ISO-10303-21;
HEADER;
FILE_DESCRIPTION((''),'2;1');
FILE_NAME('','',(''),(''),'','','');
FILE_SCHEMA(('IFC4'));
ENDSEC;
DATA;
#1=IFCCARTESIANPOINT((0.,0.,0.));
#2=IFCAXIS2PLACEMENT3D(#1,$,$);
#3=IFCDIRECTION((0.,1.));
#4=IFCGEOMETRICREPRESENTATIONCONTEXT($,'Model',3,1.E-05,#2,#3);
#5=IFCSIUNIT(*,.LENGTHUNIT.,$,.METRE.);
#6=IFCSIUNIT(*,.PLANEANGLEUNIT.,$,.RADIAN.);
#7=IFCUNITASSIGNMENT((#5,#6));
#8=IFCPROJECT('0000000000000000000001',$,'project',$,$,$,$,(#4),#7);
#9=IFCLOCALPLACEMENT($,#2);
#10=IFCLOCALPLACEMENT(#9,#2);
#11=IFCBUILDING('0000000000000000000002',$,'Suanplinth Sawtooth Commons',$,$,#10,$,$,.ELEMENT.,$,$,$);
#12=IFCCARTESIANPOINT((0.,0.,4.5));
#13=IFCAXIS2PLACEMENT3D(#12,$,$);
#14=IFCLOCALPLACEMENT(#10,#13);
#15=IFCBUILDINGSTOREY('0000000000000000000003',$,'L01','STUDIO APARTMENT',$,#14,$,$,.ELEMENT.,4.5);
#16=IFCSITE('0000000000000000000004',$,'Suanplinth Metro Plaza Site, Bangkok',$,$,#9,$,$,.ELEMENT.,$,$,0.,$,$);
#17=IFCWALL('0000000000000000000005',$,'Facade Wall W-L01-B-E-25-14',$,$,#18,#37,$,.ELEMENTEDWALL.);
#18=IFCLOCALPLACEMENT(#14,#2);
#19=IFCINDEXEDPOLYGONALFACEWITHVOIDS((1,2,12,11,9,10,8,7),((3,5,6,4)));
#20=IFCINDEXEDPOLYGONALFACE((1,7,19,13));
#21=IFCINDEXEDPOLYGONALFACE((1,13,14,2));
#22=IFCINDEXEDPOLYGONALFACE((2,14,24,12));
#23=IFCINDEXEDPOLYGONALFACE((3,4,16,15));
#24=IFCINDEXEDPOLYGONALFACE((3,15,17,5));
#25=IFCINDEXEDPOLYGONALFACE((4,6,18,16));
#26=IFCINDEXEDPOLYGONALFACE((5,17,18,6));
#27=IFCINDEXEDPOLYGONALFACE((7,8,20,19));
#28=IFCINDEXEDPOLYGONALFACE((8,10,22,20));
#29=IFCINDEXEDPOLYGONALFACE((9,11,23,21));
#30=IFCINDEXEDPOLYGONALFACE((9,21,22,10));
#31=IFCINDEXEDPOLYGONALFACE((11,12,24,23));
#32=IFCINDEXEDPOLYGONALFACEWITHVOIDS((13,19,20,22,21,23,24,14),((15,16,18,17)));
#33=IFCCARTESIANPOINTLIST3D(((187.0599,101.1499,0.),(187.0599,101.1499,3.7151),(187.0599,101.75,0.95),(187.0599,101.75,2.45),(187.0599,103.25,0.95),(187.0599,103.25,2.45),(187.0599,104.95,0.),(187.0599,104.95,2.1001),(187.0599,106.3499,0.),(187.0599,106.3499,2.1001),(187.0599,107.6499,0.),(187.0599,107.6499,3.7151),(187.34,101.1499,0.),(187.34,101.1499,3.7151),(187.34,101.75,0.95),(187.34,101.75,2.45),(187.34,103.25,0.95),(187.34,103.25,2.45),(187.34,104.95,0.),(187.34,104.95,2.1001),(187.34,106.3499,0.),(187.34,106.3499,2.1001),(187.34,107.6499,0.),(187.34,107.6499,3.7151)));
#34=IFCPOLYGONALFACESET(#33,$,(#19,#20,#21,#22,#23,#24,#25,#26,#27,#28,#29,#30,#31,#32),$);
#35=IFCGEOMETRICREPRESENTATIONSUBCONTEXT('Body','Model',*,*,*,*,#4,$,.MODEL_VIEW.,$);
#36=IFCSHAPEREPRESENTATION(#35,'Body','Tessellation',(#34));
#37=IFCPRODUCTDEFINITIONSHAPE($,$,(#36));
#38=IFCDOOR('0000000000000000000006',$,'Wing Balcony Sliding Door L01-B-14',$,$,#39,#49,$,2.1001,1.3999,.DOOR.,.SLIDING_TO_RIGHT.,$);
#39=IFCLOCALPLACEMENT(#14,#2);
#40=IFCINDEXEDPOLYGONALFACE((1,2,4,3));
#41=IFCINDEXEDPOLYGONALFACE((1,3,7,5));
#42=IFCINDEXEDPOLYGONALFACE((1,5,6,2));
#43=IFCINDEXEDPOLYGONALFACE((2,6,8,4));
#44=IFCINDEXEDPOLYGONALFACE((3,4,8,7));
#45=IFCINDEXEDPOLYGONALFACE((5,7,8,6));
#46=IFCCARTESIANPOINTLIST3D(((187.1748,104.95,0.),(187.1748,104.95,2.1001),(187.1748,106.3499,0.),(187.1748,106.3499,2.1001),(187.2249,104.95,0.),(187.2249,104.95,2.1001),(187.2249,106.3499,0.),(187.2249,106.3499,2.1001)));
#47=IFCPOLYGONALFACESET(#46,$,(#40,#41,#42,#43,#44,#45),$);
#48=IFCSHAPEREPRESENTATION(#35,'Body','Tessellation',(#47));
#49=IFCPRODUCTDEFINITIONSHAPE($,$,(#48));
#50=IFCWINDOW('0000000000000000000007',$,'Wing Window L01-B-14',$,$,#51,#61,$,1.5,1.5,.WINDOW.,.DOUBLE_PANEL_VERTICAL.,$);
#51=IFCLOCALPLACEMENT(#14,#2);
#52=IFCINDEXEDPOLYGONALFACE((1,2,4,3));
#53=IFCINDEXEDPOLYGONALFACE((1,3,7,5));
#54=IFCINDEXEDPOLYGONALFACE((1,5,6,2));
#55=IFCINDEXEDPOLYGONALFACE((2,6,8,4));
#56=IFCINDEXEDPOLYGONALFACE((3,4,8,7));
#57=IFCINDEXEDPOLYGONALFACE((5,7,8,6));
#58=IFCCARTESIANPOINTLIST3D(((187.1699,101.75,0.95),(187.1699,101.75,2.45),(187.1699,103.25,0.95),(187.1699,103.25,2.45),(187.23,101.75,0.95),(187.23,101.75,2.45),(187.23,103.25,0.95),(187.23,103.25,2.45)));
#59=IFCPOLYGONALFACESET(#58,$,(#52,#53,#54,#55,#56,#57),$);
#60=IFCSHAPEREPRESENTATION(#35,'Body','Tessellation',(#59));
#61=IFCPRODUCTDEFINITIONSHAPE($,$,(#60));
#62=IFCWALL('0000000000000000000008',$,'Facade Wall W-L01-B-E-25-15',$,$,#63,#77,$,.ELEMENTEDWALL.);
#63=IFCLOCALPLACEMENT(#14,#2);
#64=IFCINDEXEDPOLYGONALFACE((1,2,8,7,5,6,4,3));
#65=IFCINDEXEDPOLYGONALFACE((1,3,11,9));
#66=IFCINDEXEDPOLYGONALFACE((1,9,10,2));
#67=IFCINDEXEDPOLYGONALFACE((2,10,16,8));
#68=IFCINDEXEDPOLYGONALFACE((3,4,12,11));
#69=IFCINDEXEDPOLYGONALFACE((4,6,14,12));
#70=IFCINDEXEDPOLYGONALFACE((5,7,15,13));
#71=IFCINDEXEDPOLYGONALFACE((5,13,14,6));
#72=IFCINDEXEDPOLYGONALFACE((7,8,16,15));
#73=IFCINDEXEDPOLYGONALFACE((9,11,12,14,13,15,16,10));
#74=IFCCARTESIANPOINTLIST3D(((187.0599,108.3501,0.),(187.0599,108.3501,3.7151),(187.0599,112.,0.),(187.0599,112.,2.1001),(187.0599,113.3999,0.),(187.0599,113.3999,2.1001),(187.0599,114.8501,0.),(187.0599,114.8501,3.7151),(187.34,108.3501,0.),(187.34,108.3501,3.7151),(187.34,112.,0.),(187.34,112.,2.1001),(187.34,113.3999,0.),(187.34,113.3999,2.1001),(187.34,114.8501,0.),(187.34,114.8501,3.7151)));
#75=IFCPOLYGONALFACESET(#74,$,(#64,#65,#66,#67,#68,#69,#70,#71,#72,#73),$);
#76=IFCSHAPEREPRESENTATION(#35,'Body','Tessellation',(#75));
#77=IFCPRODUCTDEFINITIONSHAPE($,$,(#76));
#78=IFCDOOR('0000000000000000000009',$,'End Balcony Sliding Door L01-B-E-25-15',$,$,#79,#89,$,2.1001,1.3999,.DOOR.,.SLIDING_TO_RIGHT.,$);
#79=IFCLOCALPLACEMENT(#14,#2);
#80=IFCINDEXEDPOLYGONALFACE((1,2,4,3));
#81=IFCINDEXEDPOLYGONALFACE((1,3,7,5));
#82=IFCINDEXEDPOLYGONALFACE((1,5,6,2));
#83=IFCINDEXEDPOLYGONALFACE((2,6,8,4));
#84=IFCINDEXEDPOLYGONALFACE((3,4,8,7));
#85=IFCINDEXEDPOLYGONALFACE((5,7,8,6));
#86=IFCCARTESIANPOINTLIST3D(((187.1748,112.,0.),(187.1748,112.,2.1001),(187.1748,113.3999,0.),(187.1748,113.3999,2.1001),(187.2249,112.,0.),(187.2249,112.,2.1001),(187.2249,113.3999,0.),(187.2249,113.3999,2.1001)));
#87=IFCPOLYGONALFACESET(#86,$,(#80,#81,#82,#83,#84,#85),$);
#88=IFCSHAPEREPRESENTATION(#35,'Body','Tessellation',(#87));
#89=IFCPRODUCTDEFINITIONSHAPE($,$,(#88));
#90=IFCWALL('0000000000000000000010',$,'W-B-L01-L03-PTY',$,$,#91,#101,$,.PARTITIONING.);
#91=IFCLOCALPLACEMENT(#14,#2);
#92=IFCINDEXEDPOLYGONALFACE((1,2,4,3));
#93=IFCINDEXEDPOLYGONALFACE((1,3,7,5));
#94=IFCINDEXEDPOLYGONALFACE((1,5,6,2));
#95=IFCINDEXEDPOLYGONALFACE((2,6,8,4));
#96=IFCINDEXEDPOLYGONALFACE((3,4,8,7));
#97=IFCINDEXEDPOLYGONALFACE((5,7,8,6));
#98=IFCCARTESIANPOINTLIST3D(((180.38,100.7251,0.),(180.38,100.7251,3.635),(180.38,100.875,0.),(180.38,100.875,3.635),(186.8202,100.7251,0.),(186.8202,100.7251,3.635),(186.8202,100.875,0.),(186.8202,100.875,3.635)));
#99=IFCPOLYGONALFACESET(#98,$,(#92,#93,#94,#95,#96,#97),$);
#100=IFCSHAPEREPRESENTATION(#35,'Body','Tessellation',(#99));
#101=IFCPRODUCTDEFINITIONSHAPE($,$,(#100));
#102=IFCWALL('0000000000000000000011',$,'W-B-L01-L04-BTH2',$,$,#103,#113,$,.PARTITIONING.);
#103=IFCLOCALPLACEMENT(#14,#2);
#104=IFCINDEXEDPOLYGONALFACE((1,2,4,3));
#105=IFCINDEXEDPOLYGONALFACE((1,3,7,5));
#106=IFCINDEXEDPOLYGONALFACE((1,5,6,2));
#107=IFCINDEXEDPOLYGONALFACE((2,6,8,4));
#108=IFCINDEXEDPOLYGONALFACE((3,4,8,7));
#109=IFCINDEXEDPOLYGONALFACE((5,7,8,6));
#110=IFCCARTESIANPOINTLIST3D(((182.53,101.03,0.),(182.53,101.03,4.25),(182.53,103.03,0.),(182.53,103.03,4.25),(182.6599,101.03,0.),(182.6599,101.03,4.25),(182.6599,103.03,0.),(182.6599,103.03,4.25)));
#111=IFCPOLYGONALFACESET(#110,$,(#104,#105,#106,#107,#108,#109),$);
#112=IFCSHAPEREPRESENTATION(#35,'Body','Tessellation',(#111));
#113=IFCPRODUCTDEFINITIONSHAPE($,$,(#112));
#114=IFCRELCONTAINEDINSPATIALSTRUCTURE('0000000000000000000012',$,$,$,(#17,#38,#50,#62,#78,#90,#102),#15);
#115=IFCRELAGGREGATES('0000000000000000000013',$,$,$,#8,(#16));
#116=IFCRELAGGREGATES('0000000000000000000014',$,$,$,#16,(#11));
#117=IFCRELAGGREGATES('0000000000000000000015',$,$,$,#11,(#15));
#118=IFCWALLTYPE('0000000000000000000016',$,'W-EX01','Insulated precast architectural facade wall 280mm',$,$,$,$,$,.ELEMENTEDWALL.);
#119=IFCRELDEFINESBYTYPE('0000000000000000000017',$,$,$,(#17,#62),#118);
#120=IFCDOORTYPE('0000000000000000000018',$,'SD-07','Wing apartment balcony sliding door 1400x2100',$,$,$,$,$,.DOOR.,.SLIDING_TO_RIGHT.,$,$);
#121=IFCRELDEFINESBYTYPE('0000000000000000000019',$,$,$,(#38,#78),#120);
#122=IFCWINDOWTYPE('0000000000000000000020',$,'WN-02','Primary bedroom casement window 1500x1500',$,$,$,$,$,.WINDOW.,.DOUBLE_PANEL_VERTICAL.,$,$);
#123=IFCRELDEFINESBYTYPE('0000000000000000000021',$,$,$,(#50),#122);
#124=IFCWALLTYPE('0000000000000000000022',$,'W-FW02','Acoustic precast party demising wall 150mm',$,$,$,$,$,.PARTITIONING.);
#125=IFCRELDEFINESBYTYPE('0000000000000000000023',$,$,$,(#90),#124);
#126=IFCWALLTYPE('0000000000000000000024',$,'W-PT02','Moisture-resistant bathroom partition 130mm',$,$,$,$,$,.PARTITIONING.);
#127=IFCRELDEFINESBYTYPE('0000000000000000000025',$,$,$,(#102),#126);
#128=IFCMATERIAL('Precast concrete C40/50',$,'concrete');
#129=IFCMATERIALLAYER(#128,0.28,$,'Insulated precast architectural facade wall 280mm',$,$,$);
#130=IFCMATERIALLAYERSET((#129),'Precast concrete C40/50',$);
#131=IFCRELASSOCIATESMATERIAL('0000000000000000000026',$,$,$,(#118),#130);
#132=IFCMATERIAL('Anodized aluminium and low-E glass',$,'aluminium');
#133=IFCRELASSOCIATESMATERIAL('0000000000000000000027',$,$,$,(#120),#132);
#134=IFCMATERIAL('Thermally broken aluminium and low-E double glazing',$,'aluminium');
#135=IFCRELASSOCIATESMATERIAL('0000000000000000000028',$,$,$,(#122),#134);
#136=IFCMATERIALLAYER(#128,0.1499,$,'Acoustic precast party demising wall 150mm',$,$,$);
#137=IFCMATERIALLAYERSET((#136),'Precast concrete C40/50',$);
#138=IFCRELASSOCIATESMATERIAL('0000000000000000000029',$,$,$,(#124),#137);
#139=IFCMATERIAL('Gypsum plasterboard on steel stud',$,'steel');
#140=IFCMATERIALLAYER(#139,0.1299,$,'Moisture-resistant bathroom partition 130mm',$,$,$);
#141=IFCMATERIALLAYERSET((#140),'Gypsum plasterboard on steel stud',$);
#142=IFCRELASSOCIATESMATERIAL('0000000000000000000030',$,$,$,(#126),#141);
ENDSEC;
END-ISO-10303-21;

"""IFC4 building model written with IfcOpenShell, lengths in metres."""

from ifc_helpers import new_model, si_unit, direction, frame, frame_2d, origin, place, context, subcontext, project, spatial, rectangle, extrude, material, layer, layer_set, type_object, element, fill, save


model = new_model("IFC4")

# Units and contexts
model_context = context("Model", 3, precision=1e-05, world=origin(), true_north=direction((0.0, 1.0)))
body_context = subcontext(model_context, "Body", "Model", "MODEL_VIEW")
ifc_project = project(units=[si_unit("LENGTHUNIT", "METRE"), si_unit("PLANEANGLEUNIT", "RADIAN")], contexts=[model_context])

# Site, building, storey
site_placement = place(None, origin())
site = spatial("IfcSite", under=ifc_project, at=site_placement, Name="Suanplinth Metro Plaza Site, Bangkok", CompositionType="ELEMENT", RefElevation=0.0)
building_placement = place(site_placement, origin())
building = spatial("IfcBuilding", under=site, at=building_placement, Name="Suanplinth Sawtooth Commons", CompositionType="ELEMENT")
storey_placement = place(building_placement, frame((0.0, 0.0, 4.5)))
storey = spatial("IfcBuildingStorey", under=building, at=storey_placement, Name="L01", Description="STUDIO APARTMENT", CompositionType="ELEMENT", Elevation=4.5)

# Shared definitions
ifc_material_1 = material(Name="Precast concrete C40/50", Category="concrete")

# Wall, openings, door, window
ifc_layer_1 = layer(ifc_material_1, 0.28, Name="Insulated precast architectural facade wall 280mm")
ifc_layer_set_1 = layer_set([ifc_layer_1], Name="Precast concrete C40/50")
wall_type_1 = type_object("IfcWallType", Name="W-EX01", Description="Insulated precast architectural facade wall 280mm", PredefinedType="ELEMENTEDWALL", material=ifc_layer_set_1)
wall_1_placement = place(storey_placement, frame((187.2, 101.1499, 0.0), z_axis=(0.0, 0.0, 1.0), x_axis=(0.0, 1.0, 0.0)))
wall_1 = element("IfcWall", 1, at=wall_1_placement, inside=storey, type_object=wall_type_1, Name="Facade Wall W-L01-B-E-25-14", PredefinedType="ELEMENTEDWALL", context=body_context, shape_type="SweptSolid", body=[
    extrude(rectangle(XDim=6.5, YDim=0.28, at=frame_2d((3.25, 0.0))), origin(), (0.0, 0.0, 1.0), 3.7151),
])
opening_1_placement = place(wall_1_placement, frame((3.8, 0.0, 0.0)))
opening_1 = element("IfcOpeningElement", 2, at=opening_1_placement, cuts=wall_1, PredefinedType="OPENING", context=body_context, shape_type="SweptSolid", body=[
    extrude(rectangle(XDim=1.3999, YDim=2.1001, at=frame_2d((0.7, 1.05))), frame((0.0, 0.1548, 0.0), z_axis=(0.0, -1.0, 0.0), x_axis=(1.0, 0.0, 0.0)), (0.0, 0.0, 1.0), 0.3098),
])
opening_2_placement = place(wall_1_placement, frame((0.6001, 0.0, 0.95)))
opening_2 = element("IfcOpeningElement", 3, at=opening_2_placement, cuts=wall_1, PredefinedType="OPENING", context=body_context, shape_type="SweptSolid", body=[
    extrude(rectangle(XDim=1.5, YDim=1.5, at=frame_2d((0.75, 0.75))), frame((0.0, 0.1548, 0.0), z_axis=(0.0, -1.0, 0.0), x_axis=(1.0, 0.0, 0.0)), (0.0, 0.0, 1.0), 0.3098),
])
ifc_material_2 = material(Name="Anodized aluminium and low-E glass", Category="aluminium")
door_type = type_object("IfcDoorType", Name="SD-07", Description="Wing apartment balcony sliding door 1400x2100", OperationType="SLIDING_TO_RIGHT", PredefinedType="DOOR", material=ifc_material_2)
door_1_placement = place(opening_1_placement, frame((1.3999, 0.0, 0.0), z_axis=(0.0, 0.0, 1.0), x_axis=(-1.0, 0.0, 0.0)))
door_1 = element("IfcDoor", 4, at=door_1_placement, inside=storey, type_object=door_type, Name="Wing Balcony Sliding Door L01-B-14", OperationType="SLIDING_TO_RIGHT", OverallHeight=2.1001, OverallWidth=1.3999, PredefinedType="DOOR", context=body_context, shape_type="SweptSolid", body=[
    extrude(rectangle(XDim=1.3999, YDim=2.1001, at=frame_2d((0.7, 1.05))), frame((0.0, 0.0249, 0.0), z_axis=(0.0, -1.0, 0.0), x_axis=(1.0, 0.0, 0.0)), (0.0, 0.0, 1.0), 0.05),
])
fill(opening_1, door_1)
ifc_material_3 = material(Name="Thermally broken aluminium and low-E double glazing", Category="aluminium")
window_type = type_object("IfcWindowType", Name="WN-02", Description="Primary bedroom casement window 1500x1500", PartitioningType="DOUBLE_PANEL_VERTICAL", PredefinedType="WINDOW", material=ifc_material_3)
window_placement = place(opening_2_placement, origin())
window = element("IfcWindow", 5, at=window_placement, inside=storey, type_object=window_type, Name="Wing Window L01-B-14", OverallHeight=1.5, OverallWidth=1.5, PartitioningType="DOUBLE_PANEL_VERTICAL", PredefinedType="WINDOW", context=body_context, shape_type="SweptSolid", body=[
    extrude(rectangle(XDim=1.5, YDim=1.5, at=frame_2d((0.75, 0.75))), frame((0.0, 0.03, 0.0), z_axis=(0.0, -1.0, 0.0), x_axis=(1.0, 0.0, 0.0)), (0.0, 0.0, 1.0), 0.0601),
])
fill(opening_2, window)

# Wall, opening, door
wall_2_placement = place(storey_placement, frame((187.2, 108.3501, 0.0), z_axis=(0.0, 0.0, 1.0), x_axis=(0.0, 1.0, 0.0)))
wall_2 = element("IfcWall", 6, at=wall_2_placement, inside=storey, type_object=wall_type_1, Name="Facade Wall W-L01-B-E-25-15", PredefinedType="ELEMENTEDWALL", context=body_context, shape_type="SweptSolid", body=[
    extrude(rectangle(XDim=6.5, YDim=0.28, at=frame_2d((3.25, 0.0))), origin(), (0.0, 0.0, 1.0), 3.7151),
])
opening_3_placement = place(wall_2_placement, frame((3.6499, 0.0, 0.0)))
opening_3 = element("IfcOpeningElement", 7, at=opening_3_placement, cuts=wall_2, PredefinedType="OPENING", context=body_context, shape_type="SweptSolid", body=[
    extrude(rectangle(XDim=1.3999, YDim=2.1001, at=frame_2d((0.7, 1.05))), frame((0.0, 0.1548, 0.0), z_axis=(0.0, -1.0, 0.0), x_axis=(1.0, 0.0, 0.0)), (0.0, 0.0, 1.0), 0.3098),
])
door_2_placement = place(opening_3_placement, frame((1.3999, 0.0, 0.0), z_axis=(0.0, 0.0, 1.0), x_axis=(-1.0, 0.0, 0.0)))
door_2 = element("IfcDoor", 8, at=door_2_placement, inside=storey, type_object=door_type, Name="End Balcony Sliding Door L01-B-E-25-15", OperationType="SLIDING_TO_RIGHT", OverallHeight=2.1001, OverallWidth=1.3999, PredefinedType="DOOR", context=body_context, shape_type="SweptSolid", body=[
    extrude(rectangle(XDim=1.3999, YDim=2.1001, at=frame_2d((0.7, 1.05))), frame((0.0, 0.0249, 0.0), z_axis=(0.0, -1.0, 0.0), x_axis=(1.0, 0.0, 0.0)), (0.0, 0.0, 1.0), 0.05),
])
fill(opening_3, door_2)

# Walls
ifc_layer_2 = layer(ifc_material_1, 0.1499, Name="Acoustic precast party demising wall 150mm")
ifc_layer_set_2 = layer_set([ifc_layer_2], Name="Precast concrete C40/50")
wall_type_2 = type_object("IfcWallType", Name="W-FW02", Description="Acoustic precast party demising wall 150mm", PredefinedType="PARTITIONING", material=ifc_layer_set_2)
wall_3_placement = place(storey_placement, frame((180.3799, 100.8, 0.0), z_axis=(0.0, 0.0, 1.0), x_axis=(1.0, 0.0, 0.0)))
element("IfcWall", 9, at=wall_3_placement, inside=storey, type_object=wall_type_2, Name="W-B-L01-L03-PTY", PredefinedType="PARTITIONING", context=body_context, shape_type="SweptSolid", body=[
    extrude(rectangle(XDim=6.4402, YDim=0.1499, at=frame_2d((3.2202, 0.0))), origin(), (0.0, 0.0, 1.0), 3.635),
])
ifc_material_4 = material(Name="Gypsum plasterboard on steel stud", Category="steel")
ifc_layer_3 = layer(ifc_material_4, 0.1299, Name="Moisture-resistant bathroom partition 130mm")
ifc_layer_set_3 = layer_set([ifc_layer_3], Name="Gypsum plasterboard on steel stud")
wall_type_3 = type_object("IfcWallType", Name="W-PT02", Description="Moisture-resistant bathroom partition 130mm", PredefinedType="PARTITIONING", material=ifc_layer_set_3)
wall_4_placement = place(storey_placement, frame((182.595, 101.03, 0.0), z_axis=(0.0, 0.0, 1.0), x_axis=(0.0, 1.0, 0.0)))
element("IfcWall", 10, at=wall_4_placement, inside=storey, type_object=wall_type_3, Name="W-B-L01-L04-BTH2", PredefinedType="PARTITIONING", context=body_context, shape_type="SweptSolid", body=[
    extrude(rectangle(XDim=2.0, YDim=0.1299, at=frame_2d((1.0, 0.0))), origin(), (0.0, 0.0, 1.0), 4.25),
])

save(model, "model.ifc")
